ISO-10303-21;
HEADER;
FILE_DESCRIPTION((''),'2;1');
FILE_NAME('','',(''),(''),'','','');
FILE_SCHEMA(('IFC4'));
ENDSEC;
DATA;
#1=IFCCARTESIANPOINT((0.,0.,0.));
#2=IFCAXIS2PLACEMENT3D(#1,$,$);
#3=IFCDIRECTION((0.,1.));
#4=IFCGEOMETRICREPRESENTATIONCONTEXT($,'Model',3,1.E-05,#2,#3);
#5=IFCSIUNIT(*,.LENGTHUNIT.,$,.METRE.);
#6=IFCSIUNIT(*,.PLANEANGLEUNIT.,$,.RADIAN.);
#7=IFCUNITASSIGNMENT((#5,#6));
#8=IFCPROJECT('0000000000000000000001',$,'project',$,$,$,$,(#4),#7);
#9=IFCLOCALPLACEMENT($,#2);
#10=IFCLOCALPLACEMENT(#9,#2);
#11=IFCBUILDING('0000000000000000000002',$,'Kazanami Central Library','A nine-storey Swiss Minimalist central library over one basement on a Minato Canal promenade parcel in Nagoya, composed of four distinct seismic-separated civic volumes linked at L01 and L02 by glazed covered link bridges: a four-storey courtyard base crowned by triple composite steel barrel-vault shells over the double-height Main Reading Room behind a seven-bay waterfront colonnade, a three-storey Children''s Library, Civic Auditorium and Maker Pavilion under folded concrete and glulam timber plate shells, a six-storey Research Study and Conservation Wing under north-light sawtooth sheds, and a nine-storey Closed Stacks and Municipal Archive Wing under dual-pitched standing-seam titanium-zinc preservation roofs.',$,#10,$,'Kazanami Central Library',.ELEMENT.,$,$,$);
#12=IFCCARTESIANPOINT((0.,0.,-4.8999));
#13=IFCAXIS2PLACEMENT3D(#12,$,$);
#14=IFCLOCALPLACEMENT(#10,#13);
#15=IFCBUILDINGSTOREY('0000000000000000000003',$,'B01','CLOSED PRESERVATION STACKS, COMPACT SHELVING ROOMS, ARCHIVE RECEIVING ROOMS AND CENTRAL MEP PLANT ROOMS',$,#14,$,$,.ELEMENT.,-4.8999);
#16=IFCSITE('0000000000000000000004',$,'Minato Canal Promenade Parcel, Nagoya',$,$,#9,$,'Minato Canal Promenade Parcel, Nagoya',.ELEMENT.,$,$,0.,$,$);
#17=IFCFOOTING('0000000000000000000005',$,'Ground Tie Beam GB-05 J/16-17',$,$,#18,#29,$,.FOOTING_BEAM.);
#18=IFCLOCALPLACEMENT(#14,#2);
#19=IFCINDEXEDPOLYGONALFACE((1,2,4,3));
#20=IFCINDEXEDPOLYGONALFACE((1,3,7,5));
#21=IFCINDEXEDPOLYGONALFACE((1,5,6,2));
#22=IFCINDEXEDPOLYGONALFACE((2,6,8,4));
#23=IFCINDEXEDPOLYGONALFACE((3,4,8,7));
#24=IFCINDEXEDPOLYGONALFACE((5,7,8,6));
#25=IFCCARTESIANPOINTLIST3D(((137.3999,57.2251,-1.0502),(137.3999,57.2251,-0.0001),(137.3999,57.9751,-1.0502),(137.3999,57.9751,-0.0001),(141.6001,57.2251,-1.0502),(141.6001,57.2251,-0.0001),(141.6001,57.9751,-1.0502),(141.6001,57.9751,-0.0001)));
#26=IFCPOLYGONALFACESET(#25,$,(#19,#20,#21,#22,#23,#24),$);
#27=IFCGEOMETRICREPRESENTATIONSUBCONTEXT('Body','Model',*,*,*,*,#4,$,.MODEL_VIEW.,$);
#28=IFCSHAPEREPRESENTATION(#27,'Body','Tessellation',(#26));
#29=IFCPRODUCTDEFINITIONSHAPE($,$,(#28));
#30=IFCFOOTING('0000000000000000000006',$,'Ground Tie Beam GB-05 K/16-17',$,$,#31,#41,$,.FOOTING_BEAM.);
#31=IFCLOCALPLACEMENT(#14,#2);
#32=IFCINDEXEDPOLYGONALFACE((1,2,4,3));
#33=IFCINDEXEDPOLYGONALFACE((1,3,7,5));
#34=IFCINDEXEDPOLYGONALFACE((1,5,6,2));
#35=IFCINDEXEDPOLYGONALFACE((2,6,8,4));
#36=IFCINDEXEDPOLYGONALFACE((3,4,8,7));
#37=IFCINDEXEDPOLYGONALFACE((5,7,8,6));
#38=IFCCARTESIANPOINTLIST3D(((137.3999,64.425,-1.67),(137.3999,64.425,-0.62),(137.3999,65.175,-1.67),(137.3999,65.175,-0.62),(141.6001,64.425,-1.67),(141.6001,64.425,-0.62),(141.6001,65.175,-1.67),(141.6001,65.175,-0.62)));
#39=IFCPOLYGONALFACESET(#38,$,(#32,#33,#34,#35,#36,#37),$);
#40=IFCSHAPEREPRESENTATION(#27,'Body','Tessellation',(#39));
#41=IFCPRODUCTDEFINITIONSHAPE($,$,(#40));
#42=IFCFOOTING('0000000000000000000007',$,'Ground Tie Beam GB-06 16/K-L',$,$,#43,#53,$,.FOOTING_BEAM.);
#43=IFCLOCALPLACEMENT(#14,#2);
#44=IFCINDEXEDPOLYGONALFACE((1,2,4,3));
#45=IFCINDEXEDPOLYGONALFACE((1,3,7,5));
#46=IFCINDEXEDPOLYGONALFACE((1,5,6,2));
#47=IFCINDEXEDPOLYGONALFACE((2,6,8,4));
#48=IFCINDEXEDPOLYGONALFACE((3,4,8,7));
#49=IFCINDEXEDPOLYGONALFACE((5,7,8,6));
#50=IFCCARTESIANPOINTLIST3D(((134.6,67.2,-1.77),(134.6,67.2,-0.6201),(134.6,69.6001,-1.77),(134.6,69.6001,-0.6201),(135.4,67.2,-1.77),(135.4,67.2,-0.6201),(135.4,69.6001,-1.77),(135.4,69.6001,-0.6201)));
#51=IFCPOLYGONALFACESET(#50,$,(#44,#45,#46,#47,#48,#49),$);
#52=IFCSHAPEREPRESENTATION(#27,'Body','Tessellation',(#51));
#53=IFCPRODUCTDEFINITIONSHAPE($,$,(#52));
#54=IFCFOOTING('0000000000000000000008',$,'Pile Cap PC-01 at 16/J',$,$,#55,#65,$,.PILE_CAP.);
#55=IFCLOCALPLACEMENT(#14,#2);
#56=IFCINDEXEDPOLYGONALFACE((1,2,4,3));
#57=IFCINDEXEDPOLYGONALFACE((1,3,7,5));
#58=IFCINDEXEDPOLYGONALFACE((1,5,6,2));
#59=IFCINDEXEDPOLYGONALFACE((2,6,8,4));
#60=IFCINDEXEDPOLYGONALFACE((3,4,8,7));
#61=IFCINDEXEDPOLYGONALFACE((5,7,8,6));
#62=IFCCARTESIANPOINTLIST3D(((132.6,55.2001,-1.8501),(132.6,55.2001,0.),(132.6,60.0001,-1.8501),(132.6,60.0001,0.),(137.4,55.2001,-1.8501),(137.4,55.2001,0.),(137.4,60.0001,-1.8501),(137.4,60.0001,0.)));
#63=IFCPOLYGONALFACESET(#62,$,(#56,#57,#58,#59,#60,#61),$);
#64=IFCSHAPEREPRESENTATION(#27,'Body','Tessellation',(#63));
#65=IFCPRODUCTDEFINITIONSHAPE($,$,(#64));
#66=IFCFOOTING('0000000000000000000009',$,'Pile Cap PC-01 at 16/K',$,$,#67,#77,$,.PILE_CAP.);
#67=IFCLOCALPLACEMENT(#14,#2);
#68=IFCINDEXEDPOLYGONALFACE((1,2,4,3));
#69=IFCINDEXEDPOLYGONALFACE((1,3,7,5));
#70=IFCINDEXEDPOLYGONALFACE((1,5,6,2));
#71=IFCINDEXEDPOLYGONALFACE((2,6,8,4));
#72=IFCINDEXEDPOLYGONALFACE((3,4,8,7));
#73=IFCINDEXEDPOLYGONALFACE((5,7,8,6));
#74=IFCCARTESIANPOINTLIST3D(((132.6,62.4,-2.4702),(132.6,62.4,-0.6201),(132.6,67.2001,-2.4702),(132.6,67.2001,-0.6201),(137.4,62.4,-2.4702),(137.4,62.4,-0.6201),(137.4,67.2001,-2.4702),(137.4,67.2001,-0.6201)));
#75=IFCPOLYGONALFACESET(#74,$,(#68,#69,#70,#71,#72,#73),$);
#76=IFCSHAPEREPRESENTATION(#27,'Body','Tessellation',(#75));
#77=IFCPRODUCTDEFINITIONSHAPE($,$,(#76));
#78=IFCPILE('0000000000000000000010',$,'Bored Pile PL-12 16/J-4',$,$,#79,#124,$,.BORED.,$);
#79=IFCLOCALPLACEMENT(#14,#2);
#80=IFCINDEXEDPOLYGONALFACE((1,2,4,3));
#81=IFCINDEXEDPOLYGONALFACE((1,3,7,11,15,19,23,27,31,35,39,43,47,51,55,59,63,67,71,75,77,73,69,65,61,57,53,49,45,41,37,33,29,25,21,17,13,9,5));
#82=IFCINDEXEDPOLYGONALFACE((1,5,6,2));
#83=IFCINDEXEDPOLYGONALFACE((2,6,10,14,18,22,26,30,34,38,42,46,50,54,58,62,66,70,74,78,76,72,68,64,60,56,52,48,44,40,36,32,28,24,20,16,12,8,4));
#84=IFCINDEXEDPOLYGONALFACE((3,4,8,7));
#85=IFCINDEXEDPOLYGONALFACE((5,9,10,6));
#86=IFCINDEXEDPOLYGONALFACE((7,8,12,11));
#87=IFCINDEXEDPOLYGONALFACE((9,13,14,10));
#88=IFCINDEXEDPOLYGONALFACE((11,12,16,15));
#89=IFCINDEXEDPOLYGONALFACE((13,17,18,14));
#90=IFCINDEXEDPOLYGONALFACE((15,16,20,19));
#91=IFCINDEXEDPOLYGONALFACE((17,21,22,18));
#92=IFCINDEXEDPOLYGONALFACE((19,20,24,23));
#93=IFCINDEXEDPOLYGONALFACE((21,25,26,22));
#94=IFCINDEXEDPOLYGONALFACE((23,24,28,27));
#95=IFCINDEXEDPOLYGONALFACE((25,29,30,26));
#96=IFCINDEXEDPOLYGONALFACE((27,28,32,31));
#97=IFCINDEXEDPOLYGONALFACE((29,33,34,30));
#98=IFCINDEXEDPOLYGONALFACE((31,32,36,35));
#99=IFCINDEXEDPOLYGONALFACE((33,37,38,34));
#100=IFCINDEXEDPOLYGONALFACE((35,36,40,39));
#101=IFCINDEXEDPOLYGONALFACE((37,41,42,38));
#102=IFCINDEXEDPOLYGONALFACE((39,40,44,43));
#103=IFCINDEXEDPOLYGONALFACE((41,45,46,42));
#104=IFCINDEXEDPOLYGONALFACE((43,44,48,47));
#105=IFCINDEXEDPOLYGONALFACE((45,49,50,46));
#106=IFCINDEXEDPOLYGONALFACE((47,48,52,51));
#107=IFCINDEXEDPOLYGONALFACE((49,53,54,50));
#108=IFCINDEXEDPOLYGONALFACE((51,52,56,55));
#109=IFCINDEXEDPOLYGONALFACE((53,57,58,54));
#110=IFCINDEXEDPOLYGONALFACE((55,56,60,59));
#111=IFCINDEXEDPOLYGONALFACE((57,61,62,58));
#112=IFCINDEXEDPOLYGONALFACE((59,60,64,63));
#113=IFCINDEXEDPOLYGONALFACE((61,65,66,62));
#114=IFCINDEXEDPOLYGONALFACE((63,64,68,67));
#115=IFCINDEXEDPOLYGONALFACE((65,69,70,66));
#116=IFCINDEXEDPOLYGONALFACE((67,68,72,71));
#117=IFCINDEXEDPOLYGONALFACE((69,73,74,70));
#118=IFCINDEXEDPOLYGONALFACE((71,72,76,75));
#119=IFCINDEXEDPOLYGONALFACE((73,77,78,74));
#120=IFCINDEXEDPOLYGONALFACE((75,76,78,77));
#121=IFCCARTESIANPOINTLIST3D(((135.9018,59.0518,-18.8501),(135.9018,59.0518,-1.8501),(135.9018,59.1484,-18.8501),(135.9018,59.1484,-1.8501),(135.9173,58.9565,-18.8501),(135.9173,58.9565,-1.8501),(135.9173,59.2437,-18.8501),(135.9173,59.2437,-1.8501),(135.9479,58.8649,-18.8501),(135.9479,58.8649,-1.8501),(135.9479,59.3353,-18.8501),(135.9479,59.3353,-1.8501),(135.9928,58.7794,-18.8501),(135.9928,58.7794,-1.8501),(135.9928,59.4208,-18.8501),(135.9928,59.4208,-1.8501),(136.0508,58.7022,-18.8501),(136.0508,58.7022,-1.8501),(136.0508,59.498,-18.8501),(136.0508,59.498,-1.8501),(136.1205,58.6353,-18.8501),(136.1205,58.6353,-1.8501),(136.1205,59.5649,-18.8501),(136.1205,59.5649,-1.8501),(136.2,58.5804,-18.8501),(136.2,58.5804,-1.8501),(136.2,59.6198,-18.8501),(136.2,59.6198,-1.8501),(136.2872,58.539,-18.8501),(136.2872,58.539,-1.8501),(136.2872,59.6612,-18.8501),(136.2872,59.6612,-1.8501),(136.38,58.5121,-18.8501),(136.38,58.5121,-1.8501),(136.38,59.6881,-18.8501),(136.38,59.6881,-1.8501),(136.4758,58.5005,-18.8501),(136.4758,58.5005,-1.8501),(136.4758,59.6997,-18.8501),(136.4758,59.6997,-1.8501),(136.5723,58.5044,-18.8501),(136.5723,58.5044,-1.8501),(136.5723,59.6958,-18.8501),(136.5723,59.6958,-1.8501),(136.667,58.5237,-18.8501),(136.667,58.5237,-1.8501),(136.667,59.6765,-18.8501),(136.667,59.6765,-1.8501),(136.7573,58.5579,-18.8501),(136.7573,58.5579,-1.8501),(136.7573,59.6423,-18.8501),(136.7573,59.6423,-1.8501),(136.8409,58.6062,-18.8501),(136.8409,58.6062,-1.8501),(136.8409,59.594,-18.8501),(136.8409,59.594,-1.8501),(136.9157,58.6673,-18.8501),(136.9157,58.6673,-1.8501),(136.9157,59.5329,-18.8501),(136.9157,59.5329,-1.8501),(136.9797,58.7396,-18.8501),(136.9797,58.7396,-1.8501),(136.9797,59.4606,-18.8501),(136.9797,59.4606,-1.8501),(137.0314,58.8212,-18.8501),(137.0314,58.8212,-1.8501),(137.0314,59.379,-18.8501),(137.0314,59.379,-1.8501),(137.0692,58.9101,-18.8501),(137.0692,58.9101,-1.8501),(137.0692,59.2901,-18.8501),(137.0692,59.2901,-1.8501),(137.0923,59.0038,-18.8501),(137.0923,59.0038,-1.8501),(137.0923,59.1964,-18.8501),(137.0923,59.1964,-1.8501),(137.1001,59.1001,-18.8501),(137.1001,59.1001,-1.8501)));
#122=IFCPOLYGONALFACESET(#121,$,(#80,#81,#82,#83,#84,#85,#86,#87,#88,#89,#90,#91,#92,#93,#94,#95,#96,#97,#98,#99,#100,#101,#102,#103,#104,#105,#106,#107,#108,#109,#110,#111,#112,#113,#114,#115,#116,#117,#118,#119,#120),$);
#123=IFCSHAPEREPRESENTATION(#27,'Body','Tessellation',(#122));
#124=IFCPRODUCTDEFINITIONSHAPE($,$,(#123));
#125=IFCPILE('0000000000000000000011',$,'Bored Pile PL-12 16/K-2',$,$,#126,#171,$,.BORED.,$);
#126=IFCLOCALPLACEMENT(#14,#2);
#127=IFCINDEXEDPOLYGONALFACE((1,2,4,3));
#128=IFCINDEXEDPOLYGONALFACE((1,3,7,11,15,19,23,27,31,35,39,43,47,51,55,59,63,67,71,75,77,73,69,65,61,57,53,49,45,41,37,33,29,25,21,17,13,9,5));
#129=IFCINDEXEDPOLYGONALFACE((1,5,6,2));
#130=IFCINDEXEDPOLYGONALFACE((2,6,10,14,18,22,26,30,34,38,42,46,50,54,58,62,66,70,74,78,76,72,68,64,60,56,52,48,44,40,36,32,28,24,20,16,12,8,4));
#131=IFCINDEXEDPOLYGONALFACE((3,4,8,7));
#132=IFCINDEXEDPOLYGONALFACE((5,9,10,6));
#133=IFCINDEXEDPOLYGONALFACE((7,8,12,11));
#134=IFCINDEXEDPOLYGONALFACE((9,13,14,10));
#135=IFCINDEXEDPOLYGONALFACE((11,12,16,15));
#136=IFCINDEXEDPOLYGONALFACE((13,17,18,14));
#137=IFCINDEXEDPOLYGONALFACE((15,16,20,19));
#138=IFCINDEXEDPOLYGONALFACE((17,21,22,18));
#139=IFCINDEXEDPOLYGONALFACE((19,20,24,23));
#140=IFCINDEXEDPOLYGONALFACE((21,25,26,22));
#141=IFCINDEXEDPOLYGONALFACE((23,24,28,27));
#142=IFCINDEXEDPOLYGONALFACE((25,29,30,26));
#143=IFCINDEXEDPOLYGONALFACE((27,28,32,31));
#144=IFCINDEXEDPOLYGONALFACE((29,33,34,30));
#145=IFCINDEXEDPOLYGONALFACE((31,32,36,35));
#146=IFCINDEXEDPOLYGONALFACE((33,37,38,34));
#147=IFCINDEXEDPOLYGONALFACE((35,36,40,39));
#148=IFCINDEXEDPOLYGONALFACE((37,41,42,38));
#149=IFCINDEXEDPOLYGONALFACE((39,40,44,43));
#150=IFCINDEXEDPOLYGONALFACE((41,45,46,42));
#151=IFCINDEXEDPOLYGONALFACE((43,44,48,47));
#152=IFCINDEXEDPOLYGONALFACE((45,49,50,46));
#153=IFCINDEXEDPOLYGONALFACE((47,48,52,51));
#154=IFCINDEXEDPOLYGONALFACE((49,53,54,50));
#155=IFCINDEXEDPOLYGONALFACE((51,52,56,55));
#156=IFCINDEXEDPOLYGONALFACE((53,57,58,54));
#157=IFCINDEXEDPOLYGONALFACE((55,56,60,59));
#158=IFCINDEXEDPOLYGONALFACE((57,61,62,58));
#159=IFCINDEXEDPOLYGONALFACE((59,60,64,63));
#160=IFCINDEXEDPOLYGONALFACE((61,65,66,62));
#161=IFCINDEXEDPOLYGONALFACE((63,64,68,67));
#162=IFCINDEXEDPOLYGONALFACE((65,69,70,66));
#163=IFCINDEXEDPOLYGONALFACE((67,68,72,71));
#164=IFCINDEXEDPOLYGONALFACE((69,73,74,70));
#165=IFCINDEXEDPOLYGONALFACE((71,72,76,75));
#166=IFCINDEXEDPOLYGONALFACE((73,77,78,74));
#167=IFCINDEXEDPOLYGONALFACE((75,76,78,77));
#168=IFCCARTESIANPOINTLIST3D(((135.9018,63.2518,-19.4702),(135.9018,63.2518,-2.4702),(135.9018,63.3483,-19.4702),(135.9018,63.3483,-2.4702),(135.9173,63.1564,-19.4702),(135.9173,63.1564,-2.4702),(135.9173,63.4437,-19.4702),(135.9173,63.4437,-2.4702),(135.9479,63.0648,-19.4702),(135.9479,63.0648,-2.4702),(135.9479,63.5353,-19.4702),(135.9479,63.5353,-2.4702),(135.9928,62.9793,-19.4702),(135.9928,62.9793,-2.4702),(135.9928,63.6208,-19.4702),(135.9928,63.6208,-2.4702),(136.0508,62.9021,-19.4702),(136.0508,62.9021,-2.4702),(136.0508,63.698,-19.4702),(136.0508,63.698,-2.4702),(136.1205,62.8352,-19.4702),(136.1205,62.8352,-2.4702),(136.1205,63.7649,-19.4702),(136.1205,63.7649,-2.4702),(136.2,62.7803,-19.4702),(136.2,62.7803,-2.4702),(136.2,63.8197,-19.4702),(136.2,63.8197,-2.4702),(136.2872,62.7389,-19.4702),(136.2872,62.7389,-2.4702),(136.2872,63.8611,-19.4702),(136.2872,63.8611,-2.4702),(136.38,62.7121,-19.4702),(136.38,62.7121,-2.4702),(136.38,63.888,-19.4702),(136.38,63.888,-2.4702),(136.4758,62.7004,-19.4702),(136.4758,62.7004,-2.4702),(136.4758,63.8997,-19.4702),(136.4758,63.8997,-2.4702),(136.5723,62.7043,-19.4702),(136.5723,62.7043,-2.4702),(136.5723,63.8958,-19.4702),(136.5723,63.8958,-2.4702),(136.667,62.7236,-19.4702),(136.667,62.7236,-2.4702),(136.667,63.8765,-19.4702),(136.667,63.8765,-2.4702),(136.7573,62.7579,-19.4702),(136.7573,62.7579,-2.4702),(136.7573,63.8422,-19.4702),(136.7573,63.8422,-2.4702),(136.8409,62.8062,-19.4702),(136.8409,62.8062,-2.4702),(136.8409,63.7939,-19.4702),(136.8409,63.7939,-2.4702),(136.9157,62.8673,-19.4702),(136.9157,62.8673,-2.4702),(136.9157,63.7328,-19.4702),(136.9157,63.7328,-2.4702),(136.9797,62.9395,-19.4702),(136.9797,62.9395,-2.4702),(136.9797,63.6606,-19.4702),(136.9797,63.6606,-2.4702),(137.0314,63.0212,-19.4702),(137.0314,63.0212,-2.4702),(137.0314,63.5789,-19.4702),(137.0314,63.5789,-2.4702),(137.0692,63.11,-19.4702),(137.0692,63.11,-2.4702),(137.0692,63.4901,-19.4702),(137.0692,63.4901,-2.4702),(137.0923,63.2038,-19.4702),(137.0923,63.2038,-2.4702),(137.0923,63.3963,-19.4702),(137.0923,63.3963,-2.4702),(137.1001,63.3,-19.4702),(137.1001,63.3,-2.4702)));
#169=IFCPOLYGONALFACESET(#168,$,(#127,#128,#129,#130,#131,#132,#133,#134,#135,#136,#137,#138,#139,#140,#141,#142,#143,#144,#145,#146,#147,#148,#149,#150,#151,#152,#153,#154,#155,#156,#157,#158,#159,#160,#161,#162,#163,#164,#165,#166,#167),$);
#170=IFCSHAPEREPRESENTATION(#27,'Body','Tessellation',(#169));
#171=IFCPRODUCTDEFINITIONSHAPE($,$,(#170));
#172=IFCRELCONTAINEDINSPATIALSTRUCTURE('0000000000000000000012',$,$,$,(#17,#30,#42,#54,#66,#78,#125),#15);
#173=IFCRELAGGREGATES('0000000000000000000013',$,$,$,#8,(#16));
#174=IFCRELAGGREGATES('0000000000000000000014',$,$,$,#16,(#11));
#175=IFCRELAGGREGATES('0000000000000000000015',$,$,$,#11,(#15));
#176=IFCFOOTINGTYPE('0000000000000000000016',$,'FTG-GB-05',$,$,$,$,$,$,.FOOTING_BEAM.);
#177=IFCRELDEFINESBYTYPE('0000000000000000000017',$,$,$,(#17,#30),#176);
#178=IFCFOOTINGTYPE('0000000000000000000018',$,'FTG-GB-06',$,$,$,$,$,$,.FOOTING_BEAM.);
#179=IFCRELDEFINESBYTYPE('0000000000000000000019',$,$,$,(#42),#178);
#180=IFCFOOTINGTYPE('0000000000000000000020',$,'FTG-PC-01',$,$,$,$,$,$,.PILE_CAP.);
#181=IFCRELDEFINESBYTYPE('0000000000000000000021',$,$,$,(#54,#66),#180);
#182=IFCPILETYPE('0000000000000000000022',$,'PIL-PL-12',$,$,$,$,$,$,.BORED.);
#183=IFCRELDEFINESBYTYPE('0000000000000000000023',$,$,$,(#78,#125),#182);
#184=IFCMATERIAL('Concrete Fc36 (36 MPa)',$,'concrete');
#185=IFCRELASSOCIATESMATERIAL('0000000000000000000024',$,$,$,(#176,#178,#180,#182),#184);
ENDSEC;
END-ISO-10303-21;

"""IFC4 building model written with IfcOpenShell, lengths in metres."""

from ifc_helpers import new_model, si_unit, direction, frame, origin, origin_2d, place, context, subcontext, project, spatial, rectangle, circle, extrude, material, material_profile, profile_set, type_object, element, save


model = new_model("IFC4")

# Units and contexts
model_context = context("Model", 3, precision=1e-05, world=origin(), true_north=direction((0.0, 1.0)))
body_context = subcontext(model_context, "Body", "Model", "MODEL_VIEW")
ifc_project = project(units=[si_unit("LENGTHUNIT", "METRE"), si_unit("PLANEANGLEUNIT", "RADIAN")], contexts=[model_context])

# Site, building, storey
site_placement = place(None, origin())
site = spatial("IfcSite", under=ifc_project, at=site_placement, Name="Minato Canal Promenade Parcel, Nagoya", LongName="Minato Canal Promenade Parcel, Nagoya", CompositionType="ELEMENT", RefElevation=0.0)
building_placement = place(site_placement, origin())
building = spatial("IfcBuilding", under=site, at=building_placement, Name="Kazanami Central Library", Description="A nine-storey Swiss Minimalist central library over one basement on a Minato Canal promenade parcel in Nagoya, composed of four distinct seismic-separated civic volumes linked at L01 and L02 by glazed covered link bridges: a four-storey courtyard base crowned by triple composite steel barrel-vault shells over the double-height Main Reading Room behind a seven-bay waterfront colonnade, a three-storey Children's Library, Civic Auditorium and Maker Pavilion under folded concrete and glulam timber plate shells, a six-storey Research Study and Conservation Wing under north-light sawtooth sheds, and a nine-storey Closed Stacks and Municipal Archive Wing under dual-pitched standing-seam titanium-zinc preservation roofs.", LongName="Kazanami Central Library", CompositionType="ELEMENT")
storey_placement = place(building_placement, frame((0.0, 0.0, -4.8999)))
storey = spatial("IfcBuildingStorey", under=building, at=storey_placement, Name="B01", Description="CLOSED PRESERVATION STACKS, COMPACT SHELVING ROOMS, ARCHIVE RECEIVING ROOMS AND CENTRAL MEP PLANT ROOMS", CompositionType="ELEMENT", Elevation=-4.8999)

# Footings
ifc_material_1 = material(Name="Concrete Fc36 (36 MPa)", Category="concrete")
ifc_material_profile_1 = material_profile(ifc_material_1, rectangle(XDim=0.75, YDim=1.05, at=origin_2d()), Name="RC-750x1050")
ifc_profile_set_1 = profile_set([ifc_material_profile_1], Name="Concrete Fc36 (36 MPa)")
footing_type_1 = type_object("IfcFootingType", Name="FTG-GB-05", PredefinedType="FOOTING_BEAM", material=ifc_profile_set_1)
for number, where, z_axis, x_axis, name in (
    (1, (137.3999, 57.6001, -0.5251), (1.0, 0.0, 0.0), (0.0, 1.0, 0.0), "Ground Tie Beam GB-05 J/16-17"),
    (2, (137.3999, 64.8, -1.145), (1.0, 0.0, 0.0), (0.0, 1.0, 0.0), "Ground Tie Beam GB-05 K/16-17"),
):
    element("IfcFooting", number, at=place(storey_placement, frame(where, z_axis=z_axis, x_axis=x_axis)), inside=storey, type_object=footing_type_1, Name=name, PredefinedType="FOOTING_BEAM", context=body_context, shape_type="SweptSolid", body=[
        extrude(rectangle(XDim=0.75, YDim=1.05, at=origin_2d()), origin(), (0.0, 0.0, 1.0), 4.2002),
    ])
ifc_material_profile_2 = material_profile(ifc_material_1, rectangle(XDim=0.8, YDim=1.1499, at=origin_2d()), Name="RC-800x1150")
ifc_profile_set_2 = profile_set([ifc_material_profile_2], Name="Concrete Fc36 (36 MPa)")
footing_type_2 = type_object("IfcFootingType", Name="FTG-GB-06", PredefinedType="FOOTING_BEAM", material=ifc_profile_set_2)
footing_placement = place(storey_placement, frame((135.0, 67.2, -1.1951), z_axis=(0.0, 1.0, 0.0), x_axis=(-1.0, 0.0, 0.0)))
element("IfcFooting", 3, at=footing_placement, inside=storey, type_object=footing_type_2, Name="Ground Tie Beam GB-06 16/K-L", PredefinedType="FOOTING_BEAM", context=body_context, shape_type="SweptSolid", body=[
    extrude(rectangle(XDim=0.8, YDim=1.1499, at=origin_2d()), origin(), (0.0, 0.0, 1.0), 2.4001),
])
footing_type_3 = type_object("IfcFootingType", Name="FTG-PC-01", PredefinedType="PILE_CAP", material=ifc_material_1)
for number, where, z_axis, x_axis, name in (
    (4, (135.0, 57.6001, -1.8501), (0.0, 0.0, 1.0), (1.0, 0.0, 0.0), "Pile Cap PC-01 at 16/J"),
    (5, (135.0, 64.8, -2.4702), (0.0, 0.0, 1.0), (1.0, 0.0, 0.0), "Pile Cap PC-01 at 16/K"),
):
    element("IfcFooting", number, at=place(storey_placement, frame(where, z_axis=z_axis, x_axis=x_axis)), inside=storey, type_object=footing_type_3, Name=name, PredefinedType="PILE_CAP", context=body_context, shape_type="SweptSolid", body=[
        extrude(rectangle(XDim=4.8, YDim=4.8, at=origin_2d()), origin(), (0.0, 0.0, 1.0), 1.8501),
    ])

# Piles
ifc_material_profile_3 = material_profile(ifc_material_1, circle(Radius=0.6001, at=origin_2d()), Name="BORED-D1200")
ifc_profile_set_3 = profile_set([ifc_material_profile_3], Name="Concrete Fc36 (36 MPa)")
pile_type = type_object("IfcPileType", Name="PIL-PL-12", PredefinedType="BORED", material=ifc_profile_set_3)
for number, where, z_axis, x_axis, name in (
    (6, (136.5, 59.1001, -1.8501), (0.0, 0.0, -1.0), (1.0, 0.0, 0.0), "Bored Pile PL-12 16/J-4"),
    (7, (136.5, 63.3, -2.4702), (0.0, 0.0, -1.0), (1.0, 0.0, 0.0), "Bored Pile PL-12 16/K-2"),
):
    element("IfcPile", number, at=place(storey_placement, frame(where, z_axis=z_axis, x_axis=x_axis)), inside=storey, type_object=pile_type, Name=name, PredefinedType="BORED", context=body_context, shape_type="SweptSolid", body=[
        extrude(circle(Radius=0.6001, at=origin_2d()), origin(), (0.0, 0.0, 1.0), 17.0),
    ])

save(model, "model.ifc")
